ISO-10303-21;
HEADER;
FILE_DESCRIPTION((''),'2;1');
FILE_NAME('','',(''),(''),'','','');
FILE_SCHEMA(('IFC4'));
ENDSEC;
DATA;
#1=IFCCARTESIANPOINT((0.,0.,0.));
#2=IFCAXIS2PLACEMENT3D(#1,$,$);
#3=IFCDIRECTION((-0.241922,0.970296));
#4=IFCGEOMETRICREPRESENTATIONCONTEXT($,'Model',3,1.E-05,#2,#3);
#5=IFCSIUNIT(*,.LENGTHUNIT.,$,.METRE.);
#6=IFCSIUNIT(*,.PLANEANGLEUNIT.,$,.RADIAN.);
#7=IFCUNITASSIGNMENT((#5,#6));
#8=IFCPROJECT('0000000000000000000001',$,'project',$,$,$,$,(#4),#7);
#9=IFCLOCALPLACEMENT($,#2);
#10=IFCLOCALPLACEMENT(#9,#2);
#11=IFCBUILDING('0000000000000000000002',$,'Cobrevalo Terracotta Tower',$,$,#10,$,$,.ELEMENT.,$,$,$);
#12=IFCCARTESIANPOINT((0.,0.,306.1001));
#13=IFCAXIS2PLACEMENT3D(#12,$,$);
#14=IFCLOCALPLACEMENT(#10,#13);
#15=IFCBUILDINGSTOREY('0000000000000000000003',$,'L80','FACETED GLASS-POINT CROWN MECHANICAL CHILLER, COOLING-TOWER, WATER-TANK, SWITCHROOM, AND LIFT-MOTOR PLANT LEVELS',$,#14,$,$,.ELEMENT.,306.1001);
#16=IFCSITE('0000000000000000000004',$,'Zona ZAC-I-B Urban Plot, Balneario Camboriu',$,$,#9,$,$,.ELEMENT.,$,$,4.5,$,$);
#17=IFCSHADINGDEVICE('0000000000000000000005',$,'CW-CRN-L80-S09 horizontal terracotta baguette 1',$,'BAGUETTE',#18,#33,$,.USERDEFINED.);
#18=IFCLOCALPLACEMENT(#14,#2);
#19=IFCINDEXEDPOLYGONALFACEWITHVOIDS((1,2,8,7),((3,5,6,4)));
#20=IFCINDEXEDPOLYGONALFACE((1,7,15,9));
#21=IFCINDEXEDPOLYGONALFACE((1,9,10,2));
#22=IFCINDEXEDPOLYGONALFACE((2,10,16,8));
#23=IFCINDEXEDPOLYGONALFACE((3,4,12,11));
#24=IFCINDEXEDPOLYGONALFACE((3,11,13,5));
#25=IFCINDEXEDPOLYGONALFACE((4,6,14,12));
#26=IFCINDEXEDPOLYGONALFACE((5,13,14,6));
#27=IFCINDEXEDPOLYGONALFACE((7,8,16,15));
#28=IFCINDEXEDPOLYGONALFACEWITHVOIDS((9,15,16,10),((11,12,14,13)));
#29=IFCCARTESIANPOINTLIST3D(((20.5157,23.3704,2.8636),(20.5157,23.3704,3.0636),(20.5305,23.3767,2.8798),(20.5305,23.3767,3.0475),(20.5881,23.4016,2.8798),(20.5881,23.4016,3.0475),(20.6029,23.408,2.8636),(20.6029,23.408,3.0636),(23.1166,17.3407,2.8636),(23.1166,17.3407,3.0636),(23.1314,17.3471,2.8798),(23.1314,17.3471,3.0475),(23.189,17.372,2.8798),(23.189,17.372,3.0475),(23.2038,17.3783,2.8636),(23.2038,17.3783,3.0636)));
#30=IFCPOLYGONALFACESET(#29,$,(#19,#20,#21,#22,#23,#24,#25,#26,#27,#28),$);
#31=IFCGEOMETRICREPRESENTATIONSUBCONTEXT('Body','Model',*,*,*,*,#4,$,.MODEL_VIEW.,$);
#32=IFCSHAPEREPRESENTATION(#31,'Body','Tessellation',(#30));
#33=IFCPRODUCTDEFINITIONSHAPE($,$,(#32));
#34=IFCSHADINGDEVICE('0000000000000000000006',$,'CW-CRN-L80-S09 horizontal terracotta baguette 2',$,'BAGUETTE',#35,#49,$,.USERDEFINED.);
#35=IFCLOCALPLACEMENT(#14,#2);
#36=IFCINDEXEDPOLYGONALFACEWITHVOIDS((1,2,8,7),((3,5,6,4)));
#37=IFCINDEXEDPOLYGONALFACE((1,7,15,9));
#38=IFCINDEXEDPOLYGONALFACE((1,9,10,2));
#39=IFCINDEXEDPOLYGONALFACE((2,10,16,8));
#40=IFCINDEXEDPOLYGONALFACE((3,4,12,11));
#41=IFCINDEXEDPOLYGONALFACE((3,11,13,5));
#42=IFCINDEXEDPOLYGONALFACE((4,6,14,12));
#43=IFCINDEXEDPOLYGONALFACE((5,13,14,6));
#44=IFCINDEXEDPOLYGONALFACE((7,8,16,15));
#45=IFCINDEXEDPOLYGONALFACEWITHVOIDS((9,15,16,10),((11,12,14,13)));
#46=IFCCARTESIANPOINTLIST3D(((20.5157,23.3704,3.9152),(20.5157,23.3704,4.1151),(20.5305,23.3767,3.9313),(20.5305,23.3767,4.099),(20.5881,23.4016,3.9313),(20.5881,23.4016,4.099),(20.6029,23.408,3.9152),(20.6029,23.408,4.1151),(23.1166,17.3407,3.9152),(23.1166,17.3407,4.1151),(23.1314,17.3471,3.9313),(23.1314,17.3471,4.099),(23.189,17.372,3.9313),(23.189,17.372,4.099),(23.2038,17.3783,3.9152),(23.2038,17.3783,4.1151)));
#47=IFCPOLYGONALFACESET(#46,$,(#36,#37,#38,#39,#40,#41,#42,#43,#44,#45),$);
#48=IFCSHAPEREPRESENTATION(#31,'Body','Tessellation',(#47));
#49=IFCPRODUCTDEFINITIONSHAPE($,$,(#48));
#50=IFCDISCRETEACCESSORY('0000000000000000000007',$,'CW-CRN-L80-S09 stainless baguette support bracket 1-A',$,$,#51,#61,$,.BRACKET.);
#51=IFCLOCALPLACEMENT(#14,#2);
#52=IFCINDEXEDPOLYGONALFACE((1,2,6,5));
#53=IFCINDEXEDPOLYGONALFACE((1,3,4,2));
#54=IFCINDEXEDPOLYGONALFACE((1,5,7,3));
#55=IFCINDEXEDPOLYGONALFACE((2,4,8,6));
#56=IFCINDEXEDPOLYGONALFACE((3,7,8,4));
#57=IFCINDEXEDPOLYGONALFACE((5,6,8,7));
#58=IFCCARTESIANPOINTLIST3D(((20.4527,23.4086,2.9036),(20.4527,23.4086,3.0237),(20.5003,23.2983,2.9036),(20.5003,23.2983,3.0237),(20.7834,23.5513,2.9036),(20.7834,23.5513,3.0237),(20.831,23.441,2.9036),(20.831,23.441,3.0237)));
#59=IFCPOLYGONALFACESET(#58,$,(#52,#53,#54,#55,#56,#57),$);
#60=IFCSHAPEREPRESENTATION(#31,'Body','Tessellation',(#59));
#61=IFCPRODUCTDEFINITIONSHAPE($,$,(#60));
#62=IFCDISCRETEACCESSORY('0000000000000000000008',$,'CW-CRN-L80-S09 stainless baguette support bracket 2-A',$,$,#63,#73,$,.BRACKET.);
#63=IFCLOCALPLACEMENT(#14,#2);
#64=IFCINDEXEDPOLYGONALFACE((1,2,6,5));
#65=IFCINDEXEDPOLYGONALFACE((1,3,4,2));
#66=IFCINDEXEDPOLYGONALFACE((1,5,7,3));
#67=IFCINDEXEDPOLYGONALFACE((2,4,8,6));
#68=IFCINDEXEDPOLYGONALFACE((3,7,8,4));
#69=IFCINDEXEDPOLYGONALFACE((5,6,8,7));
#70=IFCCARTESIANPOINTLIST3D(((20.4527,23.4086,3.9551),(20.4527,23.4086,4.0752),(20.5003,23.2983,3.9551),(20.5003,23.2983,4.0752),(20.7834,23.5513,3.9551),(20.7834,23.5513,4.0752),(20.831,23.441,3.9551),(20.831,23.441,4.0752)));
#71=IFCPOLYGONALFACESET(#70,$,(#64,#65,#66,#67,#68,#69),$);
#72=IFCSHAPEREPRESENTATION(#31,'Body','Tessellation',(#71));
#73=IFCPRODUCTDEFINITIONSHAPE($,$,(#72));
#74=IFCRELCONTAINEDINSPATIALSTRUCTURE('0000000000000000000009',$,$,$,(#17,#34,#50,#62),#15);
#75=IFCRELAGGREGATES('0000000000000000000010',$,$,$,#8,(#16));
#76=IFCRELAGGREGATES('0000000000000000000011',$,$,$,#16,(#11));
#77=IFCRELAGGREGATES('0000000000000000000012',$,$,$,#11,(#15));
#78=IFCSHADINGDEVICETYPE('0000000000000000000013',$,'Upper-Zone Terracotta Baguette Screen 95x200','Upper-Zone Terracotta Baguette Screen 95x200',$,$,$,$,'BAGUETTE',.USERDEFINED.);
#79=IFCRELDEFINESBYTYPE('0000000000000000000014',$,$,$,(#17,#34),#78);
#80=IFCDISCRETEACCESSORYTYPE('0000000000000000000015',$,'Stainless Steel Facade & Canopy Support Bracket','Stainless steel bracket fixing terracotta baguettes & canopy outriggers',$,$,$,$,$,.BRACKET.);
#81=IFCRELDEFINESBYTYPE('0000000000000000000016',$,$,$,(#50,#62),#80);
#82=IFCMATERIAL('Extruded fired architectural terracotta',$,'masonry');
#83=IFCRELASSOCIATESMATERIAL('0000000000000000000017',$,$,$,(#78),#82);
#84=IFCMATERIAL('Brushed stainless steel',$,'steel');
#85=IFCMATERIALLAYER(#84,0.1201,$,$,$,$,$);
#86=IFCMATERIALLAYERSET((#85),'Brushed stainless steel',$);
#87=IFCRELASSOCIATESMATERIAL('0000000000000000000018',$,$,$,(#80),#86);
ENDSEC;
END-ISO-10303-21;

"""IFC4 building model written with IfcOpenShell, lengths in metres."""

from ifc_helpers import new_model, si_unit, direction, frame, origin, origin_2d, place, context, subcontext, project, spatial, rectangle, hollow_rectangle, extrude, source, transform, mapped, material, layer, layer_set, material_profile, profile_set, type_object, element, save


model = new_model("IFC4")

# Units and contexts
model_context = context("Model", 3, precision=1e-05, world=origin(), true_north=direction((-0.241922, 0.970296)))
body_context = subcontext(model_context, "Body", "Model", "MODEL_VIEW")
ifc_project = project(units=[si_unit("LENGTHUNIT", "METRE"), si_unit("PLANEANGLEUNIT", "RADIAN")], contexts=[model_context])

# Site, building, storey
site_placement = place(None, origin())
site = spatial("IfcSite", under=ifc_project, at=site_placement, Name="Zona ZAC-I-B Urban Plot, Balneario Camboriu", CompositionType="ELEMENT", RefElevation=4.5)
building_placement = place(site_placement, origin())
building = spatial("IfcBuilding", under=site, at=building_placement, Name="Cobrevalo Terracotta Tower", CompositionType="ELEMENT")
storey_placement = place(building_placement, frame((0.0, 0.0, 306.1001)))
storey = spatial("IfcBuildingStorey", under=building, at=storey_placement, Name="L80", Description="FACETED GLASS-POINT CROWN MECHANICAL CHILLER, COOLING-TOWER, WATER-TANK, SWITCHROOM, AND LIFT-MOTOR PLANT LEVELS", CompositionType="ELEMENT", Elevation=306.1001)

# Shading devices
ifc_material_1 = material(Name="Extruded fired architectural terracotta", Category="masonry")
ifc_material_profile_1 = material_profile(ifc_material_1, hollow_rectangle(XDim=0.095, YDim=0.2, WallThickness=0.0161, at=origin_2d()), Name="BAGUETTE 95x200")
ifc_profile_set_1 = profile_set([ifc_material_profile_1], Name="Extruded fired architectural terracotta")
shading_device_type = type_object("IfcShadingDeviceType", Name="Upper-Zone Terracotta Baguette Screen 95x200", Description="Upper-Zone Terracotta Baguette Screen 95x200", ElementType="BAGUETTE", PredefinedType="USERDEFINED", material=ifc_profile_set_1)
shared_shape_1 = source(origin(), body_context, "Body", "SweptSolid", [
    extrude(hollow_rectangle(XDim=0.095, YDim=0.2, WallThickness=0.0161, at=origin_2d()), origin(), (0.0, 0.0, 1.0), 6.5667),
])
for number, where, z_axis, x_axis, name in (
    (1, (20.5593, 23.3892, 2.9636), (0.396072, -0.918219, 0.0), (0.918219, 0.396072, 0.0), "CW-CRN-L80-S09 horizontal terracotta baguette 1"),
    (2, (20.5593, 23.3892, 4.0151), (0.396072, -0.918219, 0.0), (0.918219, 0.396072, 0.0), "CW-CRN-L80-S09 horizontal terracotta baguette 2"),
):
    element("IfcShadingDevice", number, at=place(storey_placement, frame(where, z_axis=z_axis, x_axis=x_axis)), inside=storey, type_object=shading_device_type, Name=name, ObjectType="BAGUETTE", PredefinedType="USERDEFINED", context=body_context, shape_type="MappedRepresentation", body=[
        mapped(shared_shape_1, transform((0.0, 0.0, 0.0), scale=1.0)),
    ])

# Discrete accessories
ifc_material_2 = material(Name="Brushed stainless steel", Category="steel")
ifc_layer_1 = layer(ifc_material_2, 0.1201)
ifc_layer_set_1 = layer_set([ifc_layer_1], Name="Brushed stainless steel")
discrete_accessory_type = type_object("IfcDiscreteAccessoryType", Name="Stainless Steel Facade & Canopy Support Bracket", Description="Stainless steel bracket fixing terracotta baguettes & canopy outriggers", PredefinedType="BRACKET", material=ifc_layer_set_1)
shared_shape_2 = source(origin(), body_context, "Body", "SweptSolid", [
    extrude(rectangle(XDim=0.1201, YDim=0.3601, at=origin_2d()), origin(), (0.0, 0.0, 1.0), 0.1201),
])
for number, where, z_axis, x_axis, name in (
    (3, (20.6418, 23.4248, 2.9036), (0.0, 0.0, 1.0), (0.396066, -0.918222, 0.0), "CW-CRN-L80-S09 stainless baguette support bracket 1-A"),
    (4, (20.6418, 23.4248, 3.9551), (0.0, 0.0, 1.0), (0.396066, -0.918222, 0.0), "CW-CRN-L80-S09 stainless baguette support bracket 2-A"),
):
    element("IfcDiscreteAccessory", number, at=place(storey_placement, frame(where, z_axis=z_axis, x_axis=x_axis)), inside=storey, type_object=discrete_accessory_type, Name=name, PredefinedType="BRACKET", context=body_context, shape_type="MappedRepresentation", body=[
        mapped(shared_shape_2, transform((0.0, 0.0, 0.0), scale=1.0)),
    ])

save(model, "model.ifc")
